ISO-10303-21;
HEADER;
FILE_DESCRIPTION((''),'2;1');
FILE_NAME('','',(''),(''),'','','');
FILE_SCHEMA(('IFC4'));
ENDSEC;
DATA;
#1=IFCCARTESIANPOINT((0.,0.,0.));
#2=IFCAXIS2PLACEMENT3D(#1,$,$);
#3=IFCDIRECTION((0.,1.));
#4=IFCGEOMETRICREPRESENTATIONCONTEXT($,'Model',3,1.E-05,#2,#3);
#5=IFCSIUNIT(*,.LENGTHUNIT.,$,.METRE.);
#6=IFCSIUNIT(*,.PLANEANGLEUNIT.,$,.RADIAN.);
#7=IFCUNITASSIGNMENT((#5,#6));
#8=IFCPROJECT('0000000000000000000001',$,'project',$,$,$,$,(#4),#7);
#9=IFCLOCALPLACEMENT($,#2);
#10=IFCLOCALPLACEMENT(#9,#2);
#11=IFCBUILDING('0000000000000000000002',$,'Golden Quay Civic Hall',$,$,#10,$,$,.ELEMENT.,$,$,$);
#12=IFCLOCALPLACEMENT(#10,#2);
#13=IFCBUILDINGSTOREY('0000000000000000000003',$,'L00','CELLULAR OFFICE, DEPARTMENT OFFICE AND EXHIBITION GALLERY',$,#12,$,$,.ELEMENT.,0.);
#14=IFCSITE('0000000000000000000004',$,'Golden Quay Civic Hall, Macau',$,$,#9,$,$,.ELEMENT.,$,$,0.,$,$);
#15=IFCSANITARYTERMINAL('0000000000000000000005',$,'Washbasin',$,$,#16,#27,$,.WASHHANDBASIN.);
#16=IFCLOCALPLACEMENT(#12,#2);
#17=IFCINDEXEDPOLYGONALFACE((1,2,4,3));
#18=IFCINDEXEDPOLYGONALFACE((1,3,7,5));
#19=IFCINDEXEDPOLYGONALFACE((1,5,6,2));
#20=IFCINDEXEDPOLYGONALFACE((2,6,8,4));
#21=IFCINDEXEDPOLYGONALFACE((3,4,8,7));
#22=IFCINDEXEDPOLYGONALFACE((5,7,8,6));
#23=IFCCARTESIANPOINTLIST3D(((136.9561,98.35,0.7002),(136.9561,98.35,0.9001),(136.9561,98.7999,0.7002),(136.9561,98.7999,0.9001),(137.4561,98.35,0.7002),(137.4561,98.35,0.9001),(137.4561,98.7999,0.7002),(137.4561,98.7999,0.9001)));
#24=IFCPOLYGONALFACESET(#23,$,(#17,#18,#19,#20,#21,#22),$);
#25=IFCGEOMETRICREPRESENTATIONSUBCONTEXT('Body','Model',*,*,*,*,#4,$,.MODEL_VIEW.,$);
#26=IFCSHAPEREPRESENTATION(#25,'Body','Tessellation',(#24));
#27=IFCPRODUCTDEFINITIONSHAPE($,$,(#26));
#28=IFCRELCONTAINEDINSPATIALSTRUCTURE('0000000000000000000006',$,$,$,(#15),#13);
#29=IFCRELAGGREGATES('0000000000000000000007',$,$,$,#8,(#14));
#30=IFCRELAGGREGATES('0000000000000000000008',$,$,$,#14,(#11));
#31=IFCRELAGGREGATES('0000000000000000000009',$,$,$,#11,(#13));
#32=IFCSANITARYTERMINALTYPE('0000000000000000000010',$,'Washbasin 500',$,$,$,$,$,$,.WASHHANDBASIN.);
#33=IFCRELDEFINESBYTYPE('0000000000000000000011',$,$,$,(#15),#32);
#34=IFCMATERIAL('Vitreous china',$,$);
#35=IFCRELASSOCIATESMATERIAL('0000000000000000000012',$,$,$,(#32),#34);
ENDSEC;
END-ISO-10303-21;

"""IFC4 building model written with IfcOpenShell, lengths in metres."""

from ifc_helpers import new_model, si_unit, direction, frame, origin, origin_2d, place, context, subcontext, project, spatial, rectangle, extrude, material, type_object, element, save


model = new_model("IFC4")

# Units and contexts
model_context = context("Model", 3, precision=1e-05, world=origin(), true_north=direction((0.0, 1.0)))
body_context = subcontext(model_context, "Body", "Model", "MODEL_VIEW")
ifc_project = project(units=[si_unit("LENGTHUNIT", "METRE"), si_unit("PLANEANGLEUNIT", "RADIAN")], contexts=[model_context])

# Site, building, storey
site_placement = place(None, origin())
site = spatial("IfcSite", under=ifc_project, at=site_placement, Name="Golden Quay Civic Hall, Macau", CompositionType="ELEMENT", RefElevation=0.0)
building_placement = place(site_placement, origin())
building = spatial("IfcBuilding", under=site, at=building_placement, Name="Golden Quay Civic Hall", CompositionType="ELEMENT")
storey_placement = place(building_placement, origin())
storey = spatial("IfcBuildingStorey", under=building, at=storey_placement, Name="L00", Description="CELLULAR OFFICE, DEPARTMENT OFFICE AND EXHIBITION GALLERY", CompositionType="ELEMENT", Elevation=0.0)

# Sanitary terminal
ifc_material_1 = material(Name="Vitreous china")
sanitary_terminal_type_1 = type_object("IfcSanitaryTerminalType", Name="Washbasin 500", PredefinedType="WASHHANDBASIN", material=ifc_material_1)
for number, where, z_axis, x_axis, name in (
    (1, (137.2061, 98.575, 0.7002), (0.0, 0.0, 1.0), (1.0, 0.0, 0.0), "Washbasin"),
):
    element("IfcSanitaryTerminal", number, at=place(storey_placement, frame(where, z_axis=z_axis, x_axis=x_axis)), inside=storey, type_object=sanitary_terminal_type_1, Name=name, PredefinedType="WASHHANDBASIN", context=body_context, shape_type="SweptSolid", body=[
        extrude(rectangle(XDim=0.5, YDim=0.45, at=origin_2d()), origin(), (0.0, 0.0, 1.0), 0.2),
    ])

save(model, "model.ifc")
